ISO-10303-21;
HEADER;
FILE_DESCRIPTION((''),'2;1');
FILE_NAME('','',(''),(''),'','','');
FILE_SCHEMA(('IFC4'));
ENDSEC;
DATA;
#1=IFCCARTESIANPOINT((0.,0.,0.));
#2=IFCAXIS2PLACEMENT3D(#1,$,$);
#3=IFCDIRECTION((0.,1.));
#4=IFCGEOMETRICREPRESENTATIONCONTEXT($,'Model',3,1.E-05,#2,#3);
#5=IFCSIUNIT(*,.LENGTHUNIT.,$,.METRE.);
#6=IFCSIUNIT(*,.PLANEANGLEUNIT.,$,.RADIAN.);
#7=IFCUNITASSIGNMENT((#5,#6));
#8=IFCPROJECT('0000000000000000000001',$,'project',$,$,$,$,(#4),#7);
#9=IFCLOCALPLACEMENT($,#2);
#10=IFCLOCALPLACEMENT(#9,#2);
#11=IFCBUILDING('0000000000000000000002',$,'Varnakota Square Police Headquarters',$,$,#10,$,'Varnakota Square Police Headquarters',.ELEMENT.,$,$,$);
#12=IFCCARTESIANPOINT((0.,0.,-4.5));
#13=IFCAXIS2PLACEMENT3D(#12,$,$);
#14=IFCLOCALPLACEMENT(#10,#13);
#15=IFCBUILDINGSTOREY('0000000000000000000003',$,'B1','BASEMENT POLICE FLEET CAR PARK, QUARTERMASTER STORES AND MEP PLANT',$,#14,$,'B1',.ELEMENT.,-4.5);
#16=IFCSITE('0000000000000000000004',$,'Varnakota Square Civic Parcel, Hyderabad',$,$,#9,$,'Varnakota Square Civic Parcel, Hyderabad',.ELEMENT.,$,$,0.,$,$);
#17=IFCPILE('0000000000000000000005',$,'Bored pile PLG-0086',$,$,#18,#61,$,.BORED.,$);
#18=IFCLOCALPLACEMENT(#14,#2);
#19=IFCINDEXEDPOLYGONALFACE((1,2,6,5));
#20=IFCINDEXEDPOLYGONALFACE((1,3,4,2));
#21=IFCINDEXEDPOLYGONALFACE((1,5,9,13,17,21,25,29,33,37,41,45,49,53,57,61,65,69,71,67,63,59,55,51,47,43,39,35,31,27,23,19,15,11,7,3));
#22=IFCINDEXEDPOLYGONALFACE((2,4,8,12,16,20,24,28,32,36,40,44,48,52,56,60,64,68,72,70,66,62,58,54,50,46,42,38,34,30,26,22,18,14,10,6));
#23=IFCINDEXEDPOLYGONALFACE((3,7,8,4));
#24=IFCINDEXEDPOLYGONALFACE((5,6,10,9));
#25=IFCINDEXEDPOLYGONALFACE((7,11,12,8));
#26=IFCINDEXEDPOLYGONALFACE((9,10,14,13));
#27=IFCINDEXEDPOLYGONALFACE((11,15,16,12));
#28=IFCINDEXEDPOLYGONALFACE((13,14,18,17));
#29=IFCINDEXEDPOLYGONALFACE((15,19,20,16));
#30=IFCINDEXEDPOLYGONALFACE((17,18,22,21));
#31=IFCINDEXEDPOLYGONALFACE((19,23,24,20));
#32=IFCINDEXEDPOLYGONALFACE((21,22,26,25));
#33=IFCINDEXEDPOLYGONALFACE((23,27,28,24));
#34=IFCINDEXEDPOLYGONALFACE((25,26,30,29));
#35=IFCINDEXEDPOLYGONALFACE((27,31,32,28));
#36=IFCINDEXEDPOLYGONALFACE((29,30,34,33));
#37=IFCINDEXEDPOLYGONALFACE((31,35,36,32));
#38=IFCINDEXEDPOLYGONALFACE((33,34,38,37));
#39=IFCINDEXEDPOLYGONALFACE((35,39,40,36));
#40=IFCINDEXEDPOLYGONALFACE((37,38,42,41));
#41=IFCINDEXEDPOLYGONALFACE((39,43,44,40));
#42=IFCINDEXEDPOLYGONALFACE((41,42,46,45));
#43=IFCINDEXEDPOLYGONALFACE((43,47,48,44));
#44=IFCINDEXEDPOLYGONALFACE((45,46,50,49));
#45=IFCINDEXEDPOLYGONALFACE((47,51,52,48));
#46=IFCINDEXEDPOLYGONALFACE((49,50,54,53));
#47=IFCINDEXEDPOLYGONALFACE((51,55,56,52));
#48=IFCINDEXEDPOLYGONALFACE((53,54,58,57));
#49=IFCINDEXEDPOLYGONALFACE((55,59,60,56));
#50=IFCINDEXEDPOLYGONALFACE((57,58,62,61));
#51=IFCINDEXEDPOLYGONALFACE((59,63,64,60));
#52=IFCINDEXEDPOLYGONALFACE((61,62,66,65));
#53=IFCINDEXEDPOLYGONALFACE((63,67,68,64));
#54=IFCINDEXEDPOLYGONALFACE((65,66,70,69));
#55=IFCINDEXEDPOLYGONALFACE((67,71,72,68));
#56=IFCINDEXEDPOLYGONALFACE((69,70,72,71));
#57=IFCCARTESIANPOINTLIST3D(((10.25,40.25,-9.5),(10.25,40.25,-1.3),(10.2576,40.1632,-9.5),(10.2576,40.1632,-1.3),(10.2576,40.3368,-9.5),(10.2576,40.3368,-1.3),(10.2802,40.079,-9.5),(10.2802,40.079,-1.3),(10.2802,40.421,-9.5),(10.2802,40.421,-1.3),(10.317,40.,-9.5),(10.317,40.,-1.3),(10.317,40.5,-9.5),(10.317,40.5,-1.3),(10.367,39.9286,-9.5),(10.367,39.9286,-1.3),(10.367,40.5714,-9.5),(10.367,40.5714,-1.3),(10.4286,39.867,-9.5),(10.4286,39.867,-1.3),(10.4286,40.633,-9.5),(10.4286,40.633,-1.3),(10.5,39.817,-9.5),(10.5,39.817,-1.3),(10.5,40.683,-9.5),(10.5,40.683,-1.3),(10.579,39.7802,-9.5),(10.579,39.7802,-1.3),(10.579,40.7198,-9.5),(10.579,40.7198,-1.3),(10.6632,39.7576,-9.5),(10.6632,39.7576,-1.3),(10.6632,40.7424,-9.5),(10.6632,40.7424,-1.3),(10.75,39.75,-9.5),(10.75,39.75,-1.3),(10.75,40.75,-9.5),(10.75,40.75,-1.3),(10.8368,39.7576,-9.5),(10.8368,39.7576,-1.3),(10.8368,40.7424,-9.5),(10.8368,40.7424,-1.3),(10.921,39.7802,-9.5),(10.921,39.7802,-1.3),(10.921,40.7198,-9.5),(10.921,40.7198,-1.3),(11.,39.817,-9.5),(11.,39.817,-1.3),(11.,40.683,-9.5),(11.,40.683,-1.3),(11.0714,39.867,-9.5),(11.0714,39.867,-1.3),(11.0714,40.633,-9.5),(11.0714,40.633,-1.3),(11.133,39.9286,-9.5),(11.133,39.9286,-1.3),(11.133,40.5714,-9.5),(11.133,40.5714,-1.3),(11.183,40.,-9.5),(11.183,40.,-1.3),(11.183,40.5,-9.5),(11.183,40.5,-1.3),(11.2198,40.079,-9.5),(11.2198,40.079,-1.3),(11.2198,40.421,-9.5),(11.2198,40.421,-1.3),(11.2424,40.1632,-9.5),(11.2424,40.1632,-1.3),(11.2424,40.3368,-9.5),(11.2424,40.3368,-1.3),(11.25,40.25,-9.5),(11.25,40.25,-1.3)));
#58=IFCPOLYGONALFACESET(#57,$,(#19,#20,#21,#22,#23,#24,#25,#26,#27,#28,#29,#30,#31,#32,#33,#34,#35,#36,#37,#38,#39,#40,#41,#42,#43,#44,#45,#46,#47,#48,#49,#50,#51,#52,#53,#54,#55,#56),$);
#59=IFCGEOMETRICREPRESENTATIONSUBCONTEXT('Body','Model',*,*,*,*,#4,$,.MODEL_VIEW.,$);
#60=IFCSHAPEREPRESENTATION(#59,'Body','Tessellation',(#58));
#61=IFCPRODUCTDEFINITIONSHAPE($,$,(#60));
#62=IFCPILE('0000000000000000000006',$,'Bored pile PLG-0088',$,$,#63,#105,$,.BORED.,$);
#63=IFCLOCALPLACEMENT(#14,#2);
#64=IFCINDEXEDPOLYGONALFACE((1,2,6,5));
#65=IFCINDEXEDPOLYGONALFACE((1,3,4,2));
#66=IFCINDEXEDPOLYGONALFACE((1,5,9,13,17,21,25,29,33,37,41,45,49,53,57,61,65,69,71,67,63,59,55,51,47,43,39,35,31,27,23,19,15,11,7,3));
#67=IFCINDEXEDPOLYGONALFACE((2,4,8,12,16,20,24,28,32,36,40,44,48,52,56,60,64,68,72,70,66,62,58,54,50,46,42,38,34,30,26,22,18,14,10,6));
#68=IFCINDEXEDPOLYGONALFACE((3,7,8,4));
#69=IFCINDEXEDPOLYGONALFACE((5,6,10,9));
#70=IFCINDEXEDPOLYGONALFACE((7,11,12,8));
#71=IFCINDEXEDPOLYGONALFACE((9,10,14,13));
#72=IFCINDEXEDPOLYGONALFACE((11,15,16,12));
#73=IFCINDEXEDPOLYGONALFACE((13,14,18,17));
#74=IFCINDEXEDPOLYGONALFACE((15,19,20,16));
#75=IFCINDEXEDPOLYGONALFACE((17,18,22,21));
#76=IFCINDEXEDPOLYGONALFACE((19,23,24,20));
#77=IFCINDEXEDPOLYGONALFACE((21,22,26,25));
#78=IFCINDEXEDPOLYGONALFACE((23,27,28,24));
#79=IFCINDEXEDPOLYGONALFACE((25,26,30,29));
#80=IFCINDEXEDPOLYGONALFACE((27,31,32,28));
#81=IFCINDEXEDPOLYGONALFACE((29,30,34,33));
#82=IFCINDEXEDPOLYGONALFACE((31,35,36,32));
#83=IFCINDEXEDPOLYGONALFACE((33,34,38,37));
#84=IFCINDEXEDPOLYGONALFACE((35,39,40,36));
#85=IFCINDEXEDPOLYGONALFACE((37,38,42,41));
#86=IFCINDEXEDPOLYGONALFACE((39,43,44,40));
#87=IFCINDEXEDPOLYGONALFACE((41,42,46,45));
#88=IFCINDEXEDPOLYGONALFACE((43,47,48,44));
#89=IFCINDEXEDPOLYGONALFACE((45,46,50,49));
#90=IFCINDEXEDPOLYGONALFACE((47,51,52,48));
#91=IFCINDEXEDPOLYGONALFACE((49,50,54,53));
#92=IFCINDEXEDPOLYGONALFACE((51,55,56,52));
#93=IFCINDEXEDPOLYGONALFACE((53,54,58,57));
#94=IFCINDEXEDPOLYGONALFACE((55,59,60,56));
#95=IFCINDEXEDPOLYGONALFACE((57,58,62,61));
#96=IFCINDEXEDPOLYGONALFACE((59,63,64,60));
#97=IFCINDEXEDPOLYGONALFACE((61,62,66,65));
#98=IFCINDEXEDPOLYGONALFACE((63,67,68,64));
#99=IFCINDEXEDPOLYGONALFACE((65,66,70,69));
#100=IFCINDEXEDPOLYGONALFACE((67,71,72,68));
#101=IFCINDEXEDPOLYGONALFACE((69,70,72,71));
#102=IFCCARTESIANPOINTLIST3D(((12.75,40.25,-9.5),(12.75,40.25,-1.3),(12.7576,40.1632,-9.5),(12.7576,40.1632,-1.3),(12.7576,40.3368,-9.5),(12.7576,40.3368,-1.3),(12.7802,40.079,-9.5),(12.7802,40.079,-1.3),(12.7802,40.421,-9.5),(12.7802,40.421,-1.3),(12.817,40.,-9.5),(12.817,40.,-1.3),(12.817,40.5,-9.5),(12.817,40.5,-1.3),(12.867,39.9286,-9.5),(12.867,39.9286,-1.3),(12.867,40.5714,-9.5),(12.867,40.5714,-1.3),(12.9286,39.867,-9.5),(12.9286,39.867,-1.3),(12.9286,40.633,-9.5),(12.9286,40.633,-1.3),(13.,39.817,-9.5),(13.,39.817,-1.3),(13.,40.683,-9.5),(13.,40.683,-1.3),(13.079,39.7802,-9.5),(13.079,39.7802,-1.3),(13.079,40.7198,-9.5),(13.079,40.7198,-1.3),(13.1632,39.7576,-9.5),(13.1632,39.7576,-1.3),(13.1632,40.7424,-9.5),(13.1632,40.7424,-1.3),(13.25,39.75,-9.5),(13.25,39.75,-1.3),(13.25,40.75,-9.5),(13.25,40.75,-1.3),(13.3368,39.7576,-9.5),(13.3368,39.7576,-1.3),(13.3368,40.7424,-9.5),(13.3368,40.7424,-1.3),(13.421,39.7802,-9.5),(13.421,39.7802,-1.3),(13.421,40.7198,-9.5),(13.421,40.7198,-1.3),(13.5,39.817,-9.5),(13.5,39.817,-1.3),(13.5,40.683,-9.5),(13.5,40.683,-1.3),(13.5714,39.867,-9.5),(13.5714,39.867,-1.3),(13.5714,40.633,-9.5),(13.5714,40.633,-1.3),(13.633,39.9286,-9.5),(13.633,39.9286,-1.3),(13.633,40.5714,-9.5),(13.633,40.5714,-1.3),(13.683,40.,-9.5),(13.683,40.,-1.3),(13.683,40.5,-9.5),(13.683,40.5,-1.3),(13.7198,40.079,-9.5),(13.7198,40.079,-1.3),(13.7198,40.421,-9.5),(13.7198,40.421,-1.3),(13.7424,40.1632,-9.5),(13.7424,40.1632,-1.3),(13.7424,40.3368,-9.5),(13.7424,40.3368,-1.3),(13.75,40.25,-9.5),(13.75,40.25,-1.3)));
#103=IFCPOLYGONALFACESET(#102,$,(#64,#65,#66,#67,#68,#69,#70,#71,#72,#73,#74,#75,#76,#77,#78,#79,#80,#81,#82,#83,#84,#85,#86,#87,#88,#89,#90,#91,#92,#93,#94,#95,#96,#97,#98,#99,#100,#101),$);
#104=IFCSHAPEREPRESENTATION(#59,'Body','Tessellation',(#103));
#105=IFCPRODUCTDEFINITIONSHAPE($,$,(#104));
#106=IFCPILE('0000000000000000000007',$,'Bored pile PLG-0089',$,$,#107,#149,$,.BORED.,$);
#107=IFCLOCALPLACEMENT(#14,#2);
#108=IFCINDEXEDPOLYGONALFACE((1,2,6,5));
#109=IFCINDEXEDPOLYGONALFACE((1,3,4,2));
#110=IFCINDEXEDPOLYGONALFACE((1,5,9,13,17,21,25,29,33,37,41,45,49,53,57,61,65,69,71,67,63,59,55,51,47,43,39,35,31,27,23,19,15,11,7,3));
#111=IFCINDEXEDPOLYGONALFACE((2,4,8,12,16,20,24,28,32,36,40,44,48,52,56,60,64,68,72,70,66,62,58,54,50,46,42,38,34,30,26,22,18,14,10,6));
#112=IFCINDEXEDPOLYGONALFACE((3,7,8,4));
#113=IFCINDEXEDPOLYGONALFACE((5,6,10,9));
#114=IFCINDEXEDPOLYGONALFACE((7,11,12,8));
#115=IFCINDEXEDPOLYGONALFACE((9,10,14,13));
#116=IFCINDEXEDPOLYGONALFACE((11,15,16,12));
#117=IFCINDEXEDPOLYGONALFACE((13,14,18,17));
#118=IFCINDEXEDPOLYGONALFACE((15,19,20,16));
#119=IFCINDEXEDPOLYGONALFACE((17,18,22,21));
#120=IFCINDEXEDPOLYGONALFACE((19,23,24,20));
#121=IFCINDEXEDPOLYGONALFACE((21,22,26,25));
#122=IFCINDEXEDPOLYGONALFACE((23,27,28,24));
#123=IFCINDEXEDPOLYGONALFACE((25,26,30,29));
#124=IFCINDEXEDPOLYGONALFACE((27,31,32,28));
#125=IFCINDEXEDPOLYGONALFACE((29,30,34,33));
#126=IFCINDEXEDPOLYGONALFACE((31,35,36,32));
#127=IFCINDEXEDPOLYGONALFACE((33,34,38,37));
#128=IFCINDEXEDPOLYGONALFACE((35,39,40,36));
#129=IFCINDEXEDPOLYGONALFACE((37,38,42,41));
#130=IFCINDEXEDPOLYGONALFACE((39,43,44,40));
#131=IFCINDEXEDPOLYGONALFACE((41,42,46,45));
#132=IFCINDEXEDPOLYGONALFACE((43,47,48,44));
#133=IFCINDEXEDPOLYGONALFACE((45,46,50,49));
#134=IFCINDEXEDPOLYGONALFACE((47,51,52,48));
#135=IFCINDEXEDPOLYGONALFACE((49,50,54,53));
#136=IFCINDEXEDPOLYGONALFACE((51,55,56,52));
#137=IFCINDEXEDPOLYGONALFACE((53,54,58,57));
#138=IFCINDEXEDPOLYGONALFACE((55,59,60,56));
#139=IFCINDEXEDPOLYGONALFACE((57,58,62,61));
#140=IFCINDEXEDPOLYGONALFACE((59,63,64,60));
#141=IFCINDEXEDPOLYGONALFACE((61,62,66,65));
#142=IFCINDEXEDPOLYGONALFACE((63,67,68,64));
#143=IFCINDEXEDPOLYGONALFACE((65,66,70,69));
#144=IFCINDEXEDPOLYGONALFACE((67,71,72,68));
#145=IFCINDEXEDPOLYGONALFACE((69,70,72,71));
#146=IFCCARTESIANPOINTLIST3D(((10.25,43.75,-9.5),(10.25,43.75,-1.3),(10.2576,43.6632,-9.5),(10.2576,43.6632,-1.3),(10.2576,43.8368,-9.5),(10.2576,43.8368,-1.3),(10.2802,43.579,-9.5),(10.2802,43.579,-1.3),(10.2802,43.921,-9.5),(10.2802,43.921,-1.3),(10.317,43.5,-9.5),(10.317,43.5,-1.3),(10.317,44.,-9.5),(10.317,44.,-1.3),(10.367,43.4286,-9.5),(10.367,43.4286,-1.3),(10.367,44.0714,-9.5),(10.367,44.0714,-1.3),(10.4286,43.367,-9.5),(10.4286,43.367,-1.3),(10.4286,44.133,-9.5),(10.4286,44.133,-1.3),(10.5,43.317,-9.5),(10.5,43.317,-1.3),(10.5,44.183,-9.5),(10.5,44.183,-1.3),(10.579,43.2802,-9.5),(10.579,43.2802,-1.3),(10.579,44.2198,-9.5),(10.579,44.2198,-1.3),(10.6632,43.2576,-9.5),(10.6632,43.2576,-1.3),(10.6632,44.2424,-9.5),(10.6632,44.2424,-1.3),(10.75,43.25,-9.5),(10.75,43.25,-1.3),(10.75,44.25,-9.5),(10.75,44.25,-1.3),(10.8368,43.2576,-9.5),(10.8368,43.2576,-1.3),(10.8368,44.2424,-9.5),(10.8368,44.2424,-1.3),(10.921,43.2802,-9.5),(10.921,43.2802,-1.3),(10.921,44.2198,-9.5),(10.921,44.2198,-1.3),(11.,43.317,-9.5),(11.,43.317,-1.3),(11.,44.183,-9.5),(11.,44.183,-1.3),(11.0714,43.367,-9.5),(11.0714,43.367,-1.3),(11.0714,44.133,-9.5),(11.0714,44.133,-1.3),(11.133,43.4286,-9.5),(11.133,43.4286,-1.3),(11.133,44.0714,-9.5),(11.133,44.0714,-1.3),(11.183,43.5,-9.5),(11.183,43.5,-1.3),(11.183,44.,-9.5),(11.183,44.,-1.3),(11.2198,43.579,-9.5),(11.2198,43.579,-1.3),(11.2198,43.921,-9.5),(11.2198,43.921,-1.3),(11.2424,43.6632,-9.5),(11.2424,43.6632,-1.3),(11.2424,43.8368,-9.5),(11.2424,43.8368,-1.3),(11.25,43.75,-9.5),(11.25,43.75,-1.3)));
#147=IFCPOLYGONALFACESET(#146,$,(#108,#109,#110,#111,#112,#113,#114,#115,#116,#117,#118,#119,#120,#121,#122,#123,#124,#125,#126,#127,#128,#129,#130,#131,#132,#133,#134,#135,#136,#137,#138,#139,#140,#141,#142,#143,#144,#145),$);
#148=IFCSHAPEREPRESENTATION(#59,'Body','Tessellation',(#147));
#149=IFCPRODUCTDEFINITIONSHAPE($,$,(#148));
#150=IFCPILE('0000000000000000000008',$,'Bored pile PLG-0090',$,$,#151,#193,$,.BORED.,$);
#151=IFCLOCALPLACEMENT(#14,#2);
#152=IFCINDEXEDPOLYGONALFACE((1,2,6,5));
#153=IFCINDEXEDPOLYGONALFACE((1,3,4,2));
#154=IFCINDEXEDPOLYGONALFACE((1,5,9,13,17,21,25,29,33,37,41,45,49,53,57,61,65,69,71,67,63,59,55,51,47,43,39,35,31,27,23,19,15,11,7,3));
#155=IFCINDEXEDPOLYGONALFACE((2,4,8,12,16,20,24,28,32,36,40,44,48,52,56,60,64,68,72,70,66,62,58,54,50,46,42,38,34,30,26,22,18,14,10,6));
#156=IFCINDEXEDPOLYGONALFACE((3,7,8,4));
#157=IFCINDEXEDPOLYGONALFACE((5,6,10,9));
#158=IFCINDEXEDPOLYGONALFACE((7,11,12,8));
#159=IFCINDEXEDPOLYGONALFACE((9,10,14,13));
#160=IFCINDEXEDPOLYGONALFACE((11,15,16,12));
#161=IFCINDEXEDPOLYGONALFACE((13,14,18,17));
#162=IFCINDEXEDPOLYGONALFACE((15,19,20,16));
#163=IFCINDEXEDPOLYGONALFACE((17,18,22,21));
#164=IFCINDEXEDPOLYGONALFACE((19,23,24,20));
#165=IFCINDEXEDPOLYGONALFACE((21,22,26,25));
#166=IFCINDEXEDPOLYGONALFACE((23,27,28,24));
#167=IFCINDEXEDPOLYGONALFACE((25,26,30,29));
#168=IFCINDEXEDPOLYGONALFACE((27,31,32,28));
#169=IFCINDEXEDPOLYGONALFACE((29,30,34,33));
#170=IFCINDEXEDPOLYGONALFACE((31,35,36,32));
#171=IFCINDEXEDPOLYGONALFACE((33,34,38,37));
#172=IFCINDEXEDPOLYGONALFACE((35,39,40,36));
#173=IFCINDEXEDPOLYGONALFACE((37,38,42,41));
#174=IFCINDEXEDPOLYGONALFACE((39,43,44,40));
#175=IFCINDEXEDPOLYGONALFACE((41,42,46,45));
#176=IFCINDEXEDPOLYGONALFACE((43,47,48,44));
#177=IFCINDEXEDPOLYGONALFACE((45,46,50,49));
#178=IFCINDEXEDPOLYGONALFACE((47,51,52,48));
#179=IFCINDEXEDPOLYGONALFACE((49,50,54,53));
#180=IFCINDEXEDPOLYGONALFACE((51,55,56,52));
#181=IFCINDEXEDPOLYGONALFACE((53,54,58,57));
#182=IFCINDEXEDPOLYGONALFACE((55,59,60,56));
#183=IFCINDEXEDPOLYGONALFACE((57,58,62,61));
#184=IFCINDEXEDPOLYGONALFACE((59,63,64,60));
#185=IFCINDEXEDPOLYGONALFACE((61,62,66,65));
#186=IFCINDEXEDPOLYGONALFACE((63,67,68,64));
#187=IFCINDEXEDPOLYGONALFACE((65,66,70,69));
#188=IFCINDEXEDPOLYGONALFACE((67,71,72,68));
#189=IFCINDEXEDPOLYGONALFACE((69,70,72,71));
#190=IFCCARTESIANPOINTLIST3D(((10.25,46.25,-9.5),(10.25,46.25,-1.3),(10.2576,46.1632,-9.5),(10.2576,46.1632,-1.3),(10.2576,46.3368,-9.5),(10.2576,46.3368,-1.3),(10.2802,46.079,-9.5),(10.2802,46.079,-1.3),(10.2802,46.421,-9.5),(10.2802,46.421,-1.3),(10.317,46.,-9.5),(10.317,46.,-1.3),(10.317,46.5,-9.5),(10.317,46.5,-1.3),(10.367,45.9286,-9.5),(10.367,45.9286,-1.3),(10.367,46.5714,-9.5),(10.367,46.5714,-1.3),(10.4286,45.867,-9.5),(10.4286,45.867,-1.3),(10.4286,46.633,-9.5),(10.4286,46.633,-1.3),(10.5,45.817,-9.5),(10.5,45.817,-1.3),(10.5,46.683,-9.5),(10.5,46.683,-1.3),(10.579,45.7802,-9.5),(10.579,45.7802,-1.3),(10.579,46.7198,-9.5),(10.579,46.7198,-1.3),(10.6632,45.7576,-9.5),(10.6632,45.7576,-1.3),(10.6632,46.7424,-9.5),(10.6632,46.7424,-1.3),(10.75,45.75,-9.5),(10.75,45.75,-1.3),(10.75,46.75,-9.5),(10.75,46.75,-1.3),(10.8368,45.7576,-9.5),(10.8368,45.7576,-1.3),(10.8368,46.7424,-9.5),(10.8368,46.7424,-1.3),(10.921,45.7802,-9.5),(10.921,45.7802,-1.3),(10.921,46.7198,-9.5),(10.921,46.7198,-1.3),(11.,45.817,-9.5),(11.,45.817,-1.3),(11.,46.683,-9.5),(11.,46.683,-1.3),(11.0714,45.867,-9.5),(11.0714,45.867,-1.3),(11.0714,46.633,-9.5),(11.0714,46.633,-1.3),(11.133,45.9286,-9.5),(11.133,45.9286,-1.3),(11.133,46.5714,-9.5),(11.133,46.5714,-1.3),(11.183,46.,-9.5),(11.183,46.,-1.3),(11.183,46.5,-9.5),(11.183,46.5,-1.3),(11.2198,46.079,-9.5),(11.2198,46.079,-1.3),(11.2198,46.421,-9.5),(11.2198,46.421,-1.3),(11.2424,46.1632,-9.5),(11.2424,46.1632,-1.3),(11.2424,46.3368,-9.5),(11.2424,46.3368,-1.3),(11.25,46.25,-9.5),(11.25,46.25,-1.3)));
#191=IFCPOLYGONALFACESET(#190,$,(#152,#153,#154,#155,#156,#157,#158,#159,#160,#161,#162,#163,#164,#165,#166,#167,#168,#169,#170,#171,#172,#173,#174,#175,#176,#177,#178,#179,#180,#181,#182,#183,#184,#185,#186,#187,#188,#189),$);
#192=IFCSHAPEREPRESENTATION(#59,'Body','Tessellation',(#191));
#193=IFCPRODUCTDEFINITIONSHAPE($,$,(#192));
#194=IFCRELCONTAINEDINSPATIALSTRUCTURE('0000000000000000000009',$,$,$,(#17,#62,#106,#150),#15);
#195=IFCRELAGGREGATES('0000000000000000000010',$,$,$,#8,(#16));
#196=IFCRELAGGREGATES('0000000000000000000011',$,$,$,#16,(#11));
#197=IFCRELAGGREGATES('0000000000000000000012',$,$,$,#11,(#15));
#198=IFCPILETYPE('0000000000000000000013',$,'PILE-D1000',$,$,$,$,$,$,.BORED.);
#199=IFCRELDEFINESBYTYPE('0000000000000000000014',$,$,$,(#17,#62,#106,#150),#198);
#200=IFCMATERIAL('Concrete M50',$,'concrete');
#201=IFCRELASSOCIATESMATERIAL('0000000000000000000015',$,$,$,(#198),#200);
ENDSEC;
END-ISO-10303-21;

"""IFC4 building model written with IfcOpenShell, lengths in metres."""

from ifc_helpers import new_model, si_unit, direction, frame, origin, origin_2d, place, context, subcontext, project, spatial, circle, extrude, material, material_profile, profile_set, type_object, element, save


model = new_model("IFC4")

# Units and contexts
model_context = context("Model", 3, precision=1e-05, world=origin(), true_north=direction((0.0, 1.0)))
body_context = subcontext(model_context, "Body", "Model", "MODEL_VIEW")
ifc_project = project(units=[si_unit("LENGTHUNIT", "METRE"), si_unit("PLANEANGLEUNIT", "RADIAN")], contexts=[model_context])

# Site, building, storey
site_placement = place(None, origin())
site = spatial("IfcSite", under=ifc_project, at=site_placement, Name="Varnakota Square Civic Parcel, Hyderabad", LongName="Varnakota Square Civic Parcel, Hyderabad", CompositionType="ELEMENT", RefElevation=0.0)
building_placement = place(site_placement, origin())
building = spatial("IfcBuilding", under=site, at=building_placement, Name="Varnakota Square Police Headquarters", LongName="Varnakota Square Police Headquarters", CompositionType="ELEMENT")
storey_placement = place(building_placement, frame((0.0, 0.0, -4.5)))
storey = spatial("IfcBuildingStorey", under=building, at=storey_placement, Name="B1", Description="BASEMENT POLICE FLEET CAR PARK, QUARTERMASTER STORES AND MEP PLANT", LongName="B1", CompositionType="ELEMENT", Elevation=-4.5)

# Shared definitions
ifc_material_1 = material(Name="Concrete M50", Category="concrete")

# Piles
ifc_material_profile_1 = material_profile(ifc_material_1, circle(Radius=0.5, at=origin_2d()), Name="BORED PILE 1000")
ifc_profile_set_1 = profile_set([ifc_material_profile_1], Name="Concrete M50")
pile_type = type_object("IfcPileType", Name="PILE-D1000", PredefinedType="BORED", material=ifc_profile_set_1)
for number, where, z_axis, x_axis, name in (
    (1, (10.75, 40.25, -1.3), (0.0, 0.0, -1.0), (1.0, 0.0, 0.0), "Bored pile PLG-0086"),
    (2, (13.25, 40.25, -1.3), (0.0, 0.0, -1.0), (1.0, 0.0, 0.0), "Bored pile PLG-0088"),
    (3, (10.75, 43.75, -1.3), (0.0, 0.0, -1.0), (1.0, 0.0, 0.0), "Bored pile PLG-0089"),
    (4, (10.75, 46.25, -1.3), (0.0, 0.0, -1.0), (1.0, 0.0, 0.0), "Bored pile PLG-0090"),
):
    element("IfcPile", number, at=place(storey_placement, frame(where, z_axis=z_axis, x_axis=x_axis)), inside=storey, type_object=pile_type, Name=name, PredefinedType="BORED", context=body_context, shape_type="SweptSolid", body=[
        extrude(circle(Radius=0.5, at=origin_2d()), origin(), (0.0, 0.0, 1.0), 8.2),
    ])

save(model, "model.ifc")
